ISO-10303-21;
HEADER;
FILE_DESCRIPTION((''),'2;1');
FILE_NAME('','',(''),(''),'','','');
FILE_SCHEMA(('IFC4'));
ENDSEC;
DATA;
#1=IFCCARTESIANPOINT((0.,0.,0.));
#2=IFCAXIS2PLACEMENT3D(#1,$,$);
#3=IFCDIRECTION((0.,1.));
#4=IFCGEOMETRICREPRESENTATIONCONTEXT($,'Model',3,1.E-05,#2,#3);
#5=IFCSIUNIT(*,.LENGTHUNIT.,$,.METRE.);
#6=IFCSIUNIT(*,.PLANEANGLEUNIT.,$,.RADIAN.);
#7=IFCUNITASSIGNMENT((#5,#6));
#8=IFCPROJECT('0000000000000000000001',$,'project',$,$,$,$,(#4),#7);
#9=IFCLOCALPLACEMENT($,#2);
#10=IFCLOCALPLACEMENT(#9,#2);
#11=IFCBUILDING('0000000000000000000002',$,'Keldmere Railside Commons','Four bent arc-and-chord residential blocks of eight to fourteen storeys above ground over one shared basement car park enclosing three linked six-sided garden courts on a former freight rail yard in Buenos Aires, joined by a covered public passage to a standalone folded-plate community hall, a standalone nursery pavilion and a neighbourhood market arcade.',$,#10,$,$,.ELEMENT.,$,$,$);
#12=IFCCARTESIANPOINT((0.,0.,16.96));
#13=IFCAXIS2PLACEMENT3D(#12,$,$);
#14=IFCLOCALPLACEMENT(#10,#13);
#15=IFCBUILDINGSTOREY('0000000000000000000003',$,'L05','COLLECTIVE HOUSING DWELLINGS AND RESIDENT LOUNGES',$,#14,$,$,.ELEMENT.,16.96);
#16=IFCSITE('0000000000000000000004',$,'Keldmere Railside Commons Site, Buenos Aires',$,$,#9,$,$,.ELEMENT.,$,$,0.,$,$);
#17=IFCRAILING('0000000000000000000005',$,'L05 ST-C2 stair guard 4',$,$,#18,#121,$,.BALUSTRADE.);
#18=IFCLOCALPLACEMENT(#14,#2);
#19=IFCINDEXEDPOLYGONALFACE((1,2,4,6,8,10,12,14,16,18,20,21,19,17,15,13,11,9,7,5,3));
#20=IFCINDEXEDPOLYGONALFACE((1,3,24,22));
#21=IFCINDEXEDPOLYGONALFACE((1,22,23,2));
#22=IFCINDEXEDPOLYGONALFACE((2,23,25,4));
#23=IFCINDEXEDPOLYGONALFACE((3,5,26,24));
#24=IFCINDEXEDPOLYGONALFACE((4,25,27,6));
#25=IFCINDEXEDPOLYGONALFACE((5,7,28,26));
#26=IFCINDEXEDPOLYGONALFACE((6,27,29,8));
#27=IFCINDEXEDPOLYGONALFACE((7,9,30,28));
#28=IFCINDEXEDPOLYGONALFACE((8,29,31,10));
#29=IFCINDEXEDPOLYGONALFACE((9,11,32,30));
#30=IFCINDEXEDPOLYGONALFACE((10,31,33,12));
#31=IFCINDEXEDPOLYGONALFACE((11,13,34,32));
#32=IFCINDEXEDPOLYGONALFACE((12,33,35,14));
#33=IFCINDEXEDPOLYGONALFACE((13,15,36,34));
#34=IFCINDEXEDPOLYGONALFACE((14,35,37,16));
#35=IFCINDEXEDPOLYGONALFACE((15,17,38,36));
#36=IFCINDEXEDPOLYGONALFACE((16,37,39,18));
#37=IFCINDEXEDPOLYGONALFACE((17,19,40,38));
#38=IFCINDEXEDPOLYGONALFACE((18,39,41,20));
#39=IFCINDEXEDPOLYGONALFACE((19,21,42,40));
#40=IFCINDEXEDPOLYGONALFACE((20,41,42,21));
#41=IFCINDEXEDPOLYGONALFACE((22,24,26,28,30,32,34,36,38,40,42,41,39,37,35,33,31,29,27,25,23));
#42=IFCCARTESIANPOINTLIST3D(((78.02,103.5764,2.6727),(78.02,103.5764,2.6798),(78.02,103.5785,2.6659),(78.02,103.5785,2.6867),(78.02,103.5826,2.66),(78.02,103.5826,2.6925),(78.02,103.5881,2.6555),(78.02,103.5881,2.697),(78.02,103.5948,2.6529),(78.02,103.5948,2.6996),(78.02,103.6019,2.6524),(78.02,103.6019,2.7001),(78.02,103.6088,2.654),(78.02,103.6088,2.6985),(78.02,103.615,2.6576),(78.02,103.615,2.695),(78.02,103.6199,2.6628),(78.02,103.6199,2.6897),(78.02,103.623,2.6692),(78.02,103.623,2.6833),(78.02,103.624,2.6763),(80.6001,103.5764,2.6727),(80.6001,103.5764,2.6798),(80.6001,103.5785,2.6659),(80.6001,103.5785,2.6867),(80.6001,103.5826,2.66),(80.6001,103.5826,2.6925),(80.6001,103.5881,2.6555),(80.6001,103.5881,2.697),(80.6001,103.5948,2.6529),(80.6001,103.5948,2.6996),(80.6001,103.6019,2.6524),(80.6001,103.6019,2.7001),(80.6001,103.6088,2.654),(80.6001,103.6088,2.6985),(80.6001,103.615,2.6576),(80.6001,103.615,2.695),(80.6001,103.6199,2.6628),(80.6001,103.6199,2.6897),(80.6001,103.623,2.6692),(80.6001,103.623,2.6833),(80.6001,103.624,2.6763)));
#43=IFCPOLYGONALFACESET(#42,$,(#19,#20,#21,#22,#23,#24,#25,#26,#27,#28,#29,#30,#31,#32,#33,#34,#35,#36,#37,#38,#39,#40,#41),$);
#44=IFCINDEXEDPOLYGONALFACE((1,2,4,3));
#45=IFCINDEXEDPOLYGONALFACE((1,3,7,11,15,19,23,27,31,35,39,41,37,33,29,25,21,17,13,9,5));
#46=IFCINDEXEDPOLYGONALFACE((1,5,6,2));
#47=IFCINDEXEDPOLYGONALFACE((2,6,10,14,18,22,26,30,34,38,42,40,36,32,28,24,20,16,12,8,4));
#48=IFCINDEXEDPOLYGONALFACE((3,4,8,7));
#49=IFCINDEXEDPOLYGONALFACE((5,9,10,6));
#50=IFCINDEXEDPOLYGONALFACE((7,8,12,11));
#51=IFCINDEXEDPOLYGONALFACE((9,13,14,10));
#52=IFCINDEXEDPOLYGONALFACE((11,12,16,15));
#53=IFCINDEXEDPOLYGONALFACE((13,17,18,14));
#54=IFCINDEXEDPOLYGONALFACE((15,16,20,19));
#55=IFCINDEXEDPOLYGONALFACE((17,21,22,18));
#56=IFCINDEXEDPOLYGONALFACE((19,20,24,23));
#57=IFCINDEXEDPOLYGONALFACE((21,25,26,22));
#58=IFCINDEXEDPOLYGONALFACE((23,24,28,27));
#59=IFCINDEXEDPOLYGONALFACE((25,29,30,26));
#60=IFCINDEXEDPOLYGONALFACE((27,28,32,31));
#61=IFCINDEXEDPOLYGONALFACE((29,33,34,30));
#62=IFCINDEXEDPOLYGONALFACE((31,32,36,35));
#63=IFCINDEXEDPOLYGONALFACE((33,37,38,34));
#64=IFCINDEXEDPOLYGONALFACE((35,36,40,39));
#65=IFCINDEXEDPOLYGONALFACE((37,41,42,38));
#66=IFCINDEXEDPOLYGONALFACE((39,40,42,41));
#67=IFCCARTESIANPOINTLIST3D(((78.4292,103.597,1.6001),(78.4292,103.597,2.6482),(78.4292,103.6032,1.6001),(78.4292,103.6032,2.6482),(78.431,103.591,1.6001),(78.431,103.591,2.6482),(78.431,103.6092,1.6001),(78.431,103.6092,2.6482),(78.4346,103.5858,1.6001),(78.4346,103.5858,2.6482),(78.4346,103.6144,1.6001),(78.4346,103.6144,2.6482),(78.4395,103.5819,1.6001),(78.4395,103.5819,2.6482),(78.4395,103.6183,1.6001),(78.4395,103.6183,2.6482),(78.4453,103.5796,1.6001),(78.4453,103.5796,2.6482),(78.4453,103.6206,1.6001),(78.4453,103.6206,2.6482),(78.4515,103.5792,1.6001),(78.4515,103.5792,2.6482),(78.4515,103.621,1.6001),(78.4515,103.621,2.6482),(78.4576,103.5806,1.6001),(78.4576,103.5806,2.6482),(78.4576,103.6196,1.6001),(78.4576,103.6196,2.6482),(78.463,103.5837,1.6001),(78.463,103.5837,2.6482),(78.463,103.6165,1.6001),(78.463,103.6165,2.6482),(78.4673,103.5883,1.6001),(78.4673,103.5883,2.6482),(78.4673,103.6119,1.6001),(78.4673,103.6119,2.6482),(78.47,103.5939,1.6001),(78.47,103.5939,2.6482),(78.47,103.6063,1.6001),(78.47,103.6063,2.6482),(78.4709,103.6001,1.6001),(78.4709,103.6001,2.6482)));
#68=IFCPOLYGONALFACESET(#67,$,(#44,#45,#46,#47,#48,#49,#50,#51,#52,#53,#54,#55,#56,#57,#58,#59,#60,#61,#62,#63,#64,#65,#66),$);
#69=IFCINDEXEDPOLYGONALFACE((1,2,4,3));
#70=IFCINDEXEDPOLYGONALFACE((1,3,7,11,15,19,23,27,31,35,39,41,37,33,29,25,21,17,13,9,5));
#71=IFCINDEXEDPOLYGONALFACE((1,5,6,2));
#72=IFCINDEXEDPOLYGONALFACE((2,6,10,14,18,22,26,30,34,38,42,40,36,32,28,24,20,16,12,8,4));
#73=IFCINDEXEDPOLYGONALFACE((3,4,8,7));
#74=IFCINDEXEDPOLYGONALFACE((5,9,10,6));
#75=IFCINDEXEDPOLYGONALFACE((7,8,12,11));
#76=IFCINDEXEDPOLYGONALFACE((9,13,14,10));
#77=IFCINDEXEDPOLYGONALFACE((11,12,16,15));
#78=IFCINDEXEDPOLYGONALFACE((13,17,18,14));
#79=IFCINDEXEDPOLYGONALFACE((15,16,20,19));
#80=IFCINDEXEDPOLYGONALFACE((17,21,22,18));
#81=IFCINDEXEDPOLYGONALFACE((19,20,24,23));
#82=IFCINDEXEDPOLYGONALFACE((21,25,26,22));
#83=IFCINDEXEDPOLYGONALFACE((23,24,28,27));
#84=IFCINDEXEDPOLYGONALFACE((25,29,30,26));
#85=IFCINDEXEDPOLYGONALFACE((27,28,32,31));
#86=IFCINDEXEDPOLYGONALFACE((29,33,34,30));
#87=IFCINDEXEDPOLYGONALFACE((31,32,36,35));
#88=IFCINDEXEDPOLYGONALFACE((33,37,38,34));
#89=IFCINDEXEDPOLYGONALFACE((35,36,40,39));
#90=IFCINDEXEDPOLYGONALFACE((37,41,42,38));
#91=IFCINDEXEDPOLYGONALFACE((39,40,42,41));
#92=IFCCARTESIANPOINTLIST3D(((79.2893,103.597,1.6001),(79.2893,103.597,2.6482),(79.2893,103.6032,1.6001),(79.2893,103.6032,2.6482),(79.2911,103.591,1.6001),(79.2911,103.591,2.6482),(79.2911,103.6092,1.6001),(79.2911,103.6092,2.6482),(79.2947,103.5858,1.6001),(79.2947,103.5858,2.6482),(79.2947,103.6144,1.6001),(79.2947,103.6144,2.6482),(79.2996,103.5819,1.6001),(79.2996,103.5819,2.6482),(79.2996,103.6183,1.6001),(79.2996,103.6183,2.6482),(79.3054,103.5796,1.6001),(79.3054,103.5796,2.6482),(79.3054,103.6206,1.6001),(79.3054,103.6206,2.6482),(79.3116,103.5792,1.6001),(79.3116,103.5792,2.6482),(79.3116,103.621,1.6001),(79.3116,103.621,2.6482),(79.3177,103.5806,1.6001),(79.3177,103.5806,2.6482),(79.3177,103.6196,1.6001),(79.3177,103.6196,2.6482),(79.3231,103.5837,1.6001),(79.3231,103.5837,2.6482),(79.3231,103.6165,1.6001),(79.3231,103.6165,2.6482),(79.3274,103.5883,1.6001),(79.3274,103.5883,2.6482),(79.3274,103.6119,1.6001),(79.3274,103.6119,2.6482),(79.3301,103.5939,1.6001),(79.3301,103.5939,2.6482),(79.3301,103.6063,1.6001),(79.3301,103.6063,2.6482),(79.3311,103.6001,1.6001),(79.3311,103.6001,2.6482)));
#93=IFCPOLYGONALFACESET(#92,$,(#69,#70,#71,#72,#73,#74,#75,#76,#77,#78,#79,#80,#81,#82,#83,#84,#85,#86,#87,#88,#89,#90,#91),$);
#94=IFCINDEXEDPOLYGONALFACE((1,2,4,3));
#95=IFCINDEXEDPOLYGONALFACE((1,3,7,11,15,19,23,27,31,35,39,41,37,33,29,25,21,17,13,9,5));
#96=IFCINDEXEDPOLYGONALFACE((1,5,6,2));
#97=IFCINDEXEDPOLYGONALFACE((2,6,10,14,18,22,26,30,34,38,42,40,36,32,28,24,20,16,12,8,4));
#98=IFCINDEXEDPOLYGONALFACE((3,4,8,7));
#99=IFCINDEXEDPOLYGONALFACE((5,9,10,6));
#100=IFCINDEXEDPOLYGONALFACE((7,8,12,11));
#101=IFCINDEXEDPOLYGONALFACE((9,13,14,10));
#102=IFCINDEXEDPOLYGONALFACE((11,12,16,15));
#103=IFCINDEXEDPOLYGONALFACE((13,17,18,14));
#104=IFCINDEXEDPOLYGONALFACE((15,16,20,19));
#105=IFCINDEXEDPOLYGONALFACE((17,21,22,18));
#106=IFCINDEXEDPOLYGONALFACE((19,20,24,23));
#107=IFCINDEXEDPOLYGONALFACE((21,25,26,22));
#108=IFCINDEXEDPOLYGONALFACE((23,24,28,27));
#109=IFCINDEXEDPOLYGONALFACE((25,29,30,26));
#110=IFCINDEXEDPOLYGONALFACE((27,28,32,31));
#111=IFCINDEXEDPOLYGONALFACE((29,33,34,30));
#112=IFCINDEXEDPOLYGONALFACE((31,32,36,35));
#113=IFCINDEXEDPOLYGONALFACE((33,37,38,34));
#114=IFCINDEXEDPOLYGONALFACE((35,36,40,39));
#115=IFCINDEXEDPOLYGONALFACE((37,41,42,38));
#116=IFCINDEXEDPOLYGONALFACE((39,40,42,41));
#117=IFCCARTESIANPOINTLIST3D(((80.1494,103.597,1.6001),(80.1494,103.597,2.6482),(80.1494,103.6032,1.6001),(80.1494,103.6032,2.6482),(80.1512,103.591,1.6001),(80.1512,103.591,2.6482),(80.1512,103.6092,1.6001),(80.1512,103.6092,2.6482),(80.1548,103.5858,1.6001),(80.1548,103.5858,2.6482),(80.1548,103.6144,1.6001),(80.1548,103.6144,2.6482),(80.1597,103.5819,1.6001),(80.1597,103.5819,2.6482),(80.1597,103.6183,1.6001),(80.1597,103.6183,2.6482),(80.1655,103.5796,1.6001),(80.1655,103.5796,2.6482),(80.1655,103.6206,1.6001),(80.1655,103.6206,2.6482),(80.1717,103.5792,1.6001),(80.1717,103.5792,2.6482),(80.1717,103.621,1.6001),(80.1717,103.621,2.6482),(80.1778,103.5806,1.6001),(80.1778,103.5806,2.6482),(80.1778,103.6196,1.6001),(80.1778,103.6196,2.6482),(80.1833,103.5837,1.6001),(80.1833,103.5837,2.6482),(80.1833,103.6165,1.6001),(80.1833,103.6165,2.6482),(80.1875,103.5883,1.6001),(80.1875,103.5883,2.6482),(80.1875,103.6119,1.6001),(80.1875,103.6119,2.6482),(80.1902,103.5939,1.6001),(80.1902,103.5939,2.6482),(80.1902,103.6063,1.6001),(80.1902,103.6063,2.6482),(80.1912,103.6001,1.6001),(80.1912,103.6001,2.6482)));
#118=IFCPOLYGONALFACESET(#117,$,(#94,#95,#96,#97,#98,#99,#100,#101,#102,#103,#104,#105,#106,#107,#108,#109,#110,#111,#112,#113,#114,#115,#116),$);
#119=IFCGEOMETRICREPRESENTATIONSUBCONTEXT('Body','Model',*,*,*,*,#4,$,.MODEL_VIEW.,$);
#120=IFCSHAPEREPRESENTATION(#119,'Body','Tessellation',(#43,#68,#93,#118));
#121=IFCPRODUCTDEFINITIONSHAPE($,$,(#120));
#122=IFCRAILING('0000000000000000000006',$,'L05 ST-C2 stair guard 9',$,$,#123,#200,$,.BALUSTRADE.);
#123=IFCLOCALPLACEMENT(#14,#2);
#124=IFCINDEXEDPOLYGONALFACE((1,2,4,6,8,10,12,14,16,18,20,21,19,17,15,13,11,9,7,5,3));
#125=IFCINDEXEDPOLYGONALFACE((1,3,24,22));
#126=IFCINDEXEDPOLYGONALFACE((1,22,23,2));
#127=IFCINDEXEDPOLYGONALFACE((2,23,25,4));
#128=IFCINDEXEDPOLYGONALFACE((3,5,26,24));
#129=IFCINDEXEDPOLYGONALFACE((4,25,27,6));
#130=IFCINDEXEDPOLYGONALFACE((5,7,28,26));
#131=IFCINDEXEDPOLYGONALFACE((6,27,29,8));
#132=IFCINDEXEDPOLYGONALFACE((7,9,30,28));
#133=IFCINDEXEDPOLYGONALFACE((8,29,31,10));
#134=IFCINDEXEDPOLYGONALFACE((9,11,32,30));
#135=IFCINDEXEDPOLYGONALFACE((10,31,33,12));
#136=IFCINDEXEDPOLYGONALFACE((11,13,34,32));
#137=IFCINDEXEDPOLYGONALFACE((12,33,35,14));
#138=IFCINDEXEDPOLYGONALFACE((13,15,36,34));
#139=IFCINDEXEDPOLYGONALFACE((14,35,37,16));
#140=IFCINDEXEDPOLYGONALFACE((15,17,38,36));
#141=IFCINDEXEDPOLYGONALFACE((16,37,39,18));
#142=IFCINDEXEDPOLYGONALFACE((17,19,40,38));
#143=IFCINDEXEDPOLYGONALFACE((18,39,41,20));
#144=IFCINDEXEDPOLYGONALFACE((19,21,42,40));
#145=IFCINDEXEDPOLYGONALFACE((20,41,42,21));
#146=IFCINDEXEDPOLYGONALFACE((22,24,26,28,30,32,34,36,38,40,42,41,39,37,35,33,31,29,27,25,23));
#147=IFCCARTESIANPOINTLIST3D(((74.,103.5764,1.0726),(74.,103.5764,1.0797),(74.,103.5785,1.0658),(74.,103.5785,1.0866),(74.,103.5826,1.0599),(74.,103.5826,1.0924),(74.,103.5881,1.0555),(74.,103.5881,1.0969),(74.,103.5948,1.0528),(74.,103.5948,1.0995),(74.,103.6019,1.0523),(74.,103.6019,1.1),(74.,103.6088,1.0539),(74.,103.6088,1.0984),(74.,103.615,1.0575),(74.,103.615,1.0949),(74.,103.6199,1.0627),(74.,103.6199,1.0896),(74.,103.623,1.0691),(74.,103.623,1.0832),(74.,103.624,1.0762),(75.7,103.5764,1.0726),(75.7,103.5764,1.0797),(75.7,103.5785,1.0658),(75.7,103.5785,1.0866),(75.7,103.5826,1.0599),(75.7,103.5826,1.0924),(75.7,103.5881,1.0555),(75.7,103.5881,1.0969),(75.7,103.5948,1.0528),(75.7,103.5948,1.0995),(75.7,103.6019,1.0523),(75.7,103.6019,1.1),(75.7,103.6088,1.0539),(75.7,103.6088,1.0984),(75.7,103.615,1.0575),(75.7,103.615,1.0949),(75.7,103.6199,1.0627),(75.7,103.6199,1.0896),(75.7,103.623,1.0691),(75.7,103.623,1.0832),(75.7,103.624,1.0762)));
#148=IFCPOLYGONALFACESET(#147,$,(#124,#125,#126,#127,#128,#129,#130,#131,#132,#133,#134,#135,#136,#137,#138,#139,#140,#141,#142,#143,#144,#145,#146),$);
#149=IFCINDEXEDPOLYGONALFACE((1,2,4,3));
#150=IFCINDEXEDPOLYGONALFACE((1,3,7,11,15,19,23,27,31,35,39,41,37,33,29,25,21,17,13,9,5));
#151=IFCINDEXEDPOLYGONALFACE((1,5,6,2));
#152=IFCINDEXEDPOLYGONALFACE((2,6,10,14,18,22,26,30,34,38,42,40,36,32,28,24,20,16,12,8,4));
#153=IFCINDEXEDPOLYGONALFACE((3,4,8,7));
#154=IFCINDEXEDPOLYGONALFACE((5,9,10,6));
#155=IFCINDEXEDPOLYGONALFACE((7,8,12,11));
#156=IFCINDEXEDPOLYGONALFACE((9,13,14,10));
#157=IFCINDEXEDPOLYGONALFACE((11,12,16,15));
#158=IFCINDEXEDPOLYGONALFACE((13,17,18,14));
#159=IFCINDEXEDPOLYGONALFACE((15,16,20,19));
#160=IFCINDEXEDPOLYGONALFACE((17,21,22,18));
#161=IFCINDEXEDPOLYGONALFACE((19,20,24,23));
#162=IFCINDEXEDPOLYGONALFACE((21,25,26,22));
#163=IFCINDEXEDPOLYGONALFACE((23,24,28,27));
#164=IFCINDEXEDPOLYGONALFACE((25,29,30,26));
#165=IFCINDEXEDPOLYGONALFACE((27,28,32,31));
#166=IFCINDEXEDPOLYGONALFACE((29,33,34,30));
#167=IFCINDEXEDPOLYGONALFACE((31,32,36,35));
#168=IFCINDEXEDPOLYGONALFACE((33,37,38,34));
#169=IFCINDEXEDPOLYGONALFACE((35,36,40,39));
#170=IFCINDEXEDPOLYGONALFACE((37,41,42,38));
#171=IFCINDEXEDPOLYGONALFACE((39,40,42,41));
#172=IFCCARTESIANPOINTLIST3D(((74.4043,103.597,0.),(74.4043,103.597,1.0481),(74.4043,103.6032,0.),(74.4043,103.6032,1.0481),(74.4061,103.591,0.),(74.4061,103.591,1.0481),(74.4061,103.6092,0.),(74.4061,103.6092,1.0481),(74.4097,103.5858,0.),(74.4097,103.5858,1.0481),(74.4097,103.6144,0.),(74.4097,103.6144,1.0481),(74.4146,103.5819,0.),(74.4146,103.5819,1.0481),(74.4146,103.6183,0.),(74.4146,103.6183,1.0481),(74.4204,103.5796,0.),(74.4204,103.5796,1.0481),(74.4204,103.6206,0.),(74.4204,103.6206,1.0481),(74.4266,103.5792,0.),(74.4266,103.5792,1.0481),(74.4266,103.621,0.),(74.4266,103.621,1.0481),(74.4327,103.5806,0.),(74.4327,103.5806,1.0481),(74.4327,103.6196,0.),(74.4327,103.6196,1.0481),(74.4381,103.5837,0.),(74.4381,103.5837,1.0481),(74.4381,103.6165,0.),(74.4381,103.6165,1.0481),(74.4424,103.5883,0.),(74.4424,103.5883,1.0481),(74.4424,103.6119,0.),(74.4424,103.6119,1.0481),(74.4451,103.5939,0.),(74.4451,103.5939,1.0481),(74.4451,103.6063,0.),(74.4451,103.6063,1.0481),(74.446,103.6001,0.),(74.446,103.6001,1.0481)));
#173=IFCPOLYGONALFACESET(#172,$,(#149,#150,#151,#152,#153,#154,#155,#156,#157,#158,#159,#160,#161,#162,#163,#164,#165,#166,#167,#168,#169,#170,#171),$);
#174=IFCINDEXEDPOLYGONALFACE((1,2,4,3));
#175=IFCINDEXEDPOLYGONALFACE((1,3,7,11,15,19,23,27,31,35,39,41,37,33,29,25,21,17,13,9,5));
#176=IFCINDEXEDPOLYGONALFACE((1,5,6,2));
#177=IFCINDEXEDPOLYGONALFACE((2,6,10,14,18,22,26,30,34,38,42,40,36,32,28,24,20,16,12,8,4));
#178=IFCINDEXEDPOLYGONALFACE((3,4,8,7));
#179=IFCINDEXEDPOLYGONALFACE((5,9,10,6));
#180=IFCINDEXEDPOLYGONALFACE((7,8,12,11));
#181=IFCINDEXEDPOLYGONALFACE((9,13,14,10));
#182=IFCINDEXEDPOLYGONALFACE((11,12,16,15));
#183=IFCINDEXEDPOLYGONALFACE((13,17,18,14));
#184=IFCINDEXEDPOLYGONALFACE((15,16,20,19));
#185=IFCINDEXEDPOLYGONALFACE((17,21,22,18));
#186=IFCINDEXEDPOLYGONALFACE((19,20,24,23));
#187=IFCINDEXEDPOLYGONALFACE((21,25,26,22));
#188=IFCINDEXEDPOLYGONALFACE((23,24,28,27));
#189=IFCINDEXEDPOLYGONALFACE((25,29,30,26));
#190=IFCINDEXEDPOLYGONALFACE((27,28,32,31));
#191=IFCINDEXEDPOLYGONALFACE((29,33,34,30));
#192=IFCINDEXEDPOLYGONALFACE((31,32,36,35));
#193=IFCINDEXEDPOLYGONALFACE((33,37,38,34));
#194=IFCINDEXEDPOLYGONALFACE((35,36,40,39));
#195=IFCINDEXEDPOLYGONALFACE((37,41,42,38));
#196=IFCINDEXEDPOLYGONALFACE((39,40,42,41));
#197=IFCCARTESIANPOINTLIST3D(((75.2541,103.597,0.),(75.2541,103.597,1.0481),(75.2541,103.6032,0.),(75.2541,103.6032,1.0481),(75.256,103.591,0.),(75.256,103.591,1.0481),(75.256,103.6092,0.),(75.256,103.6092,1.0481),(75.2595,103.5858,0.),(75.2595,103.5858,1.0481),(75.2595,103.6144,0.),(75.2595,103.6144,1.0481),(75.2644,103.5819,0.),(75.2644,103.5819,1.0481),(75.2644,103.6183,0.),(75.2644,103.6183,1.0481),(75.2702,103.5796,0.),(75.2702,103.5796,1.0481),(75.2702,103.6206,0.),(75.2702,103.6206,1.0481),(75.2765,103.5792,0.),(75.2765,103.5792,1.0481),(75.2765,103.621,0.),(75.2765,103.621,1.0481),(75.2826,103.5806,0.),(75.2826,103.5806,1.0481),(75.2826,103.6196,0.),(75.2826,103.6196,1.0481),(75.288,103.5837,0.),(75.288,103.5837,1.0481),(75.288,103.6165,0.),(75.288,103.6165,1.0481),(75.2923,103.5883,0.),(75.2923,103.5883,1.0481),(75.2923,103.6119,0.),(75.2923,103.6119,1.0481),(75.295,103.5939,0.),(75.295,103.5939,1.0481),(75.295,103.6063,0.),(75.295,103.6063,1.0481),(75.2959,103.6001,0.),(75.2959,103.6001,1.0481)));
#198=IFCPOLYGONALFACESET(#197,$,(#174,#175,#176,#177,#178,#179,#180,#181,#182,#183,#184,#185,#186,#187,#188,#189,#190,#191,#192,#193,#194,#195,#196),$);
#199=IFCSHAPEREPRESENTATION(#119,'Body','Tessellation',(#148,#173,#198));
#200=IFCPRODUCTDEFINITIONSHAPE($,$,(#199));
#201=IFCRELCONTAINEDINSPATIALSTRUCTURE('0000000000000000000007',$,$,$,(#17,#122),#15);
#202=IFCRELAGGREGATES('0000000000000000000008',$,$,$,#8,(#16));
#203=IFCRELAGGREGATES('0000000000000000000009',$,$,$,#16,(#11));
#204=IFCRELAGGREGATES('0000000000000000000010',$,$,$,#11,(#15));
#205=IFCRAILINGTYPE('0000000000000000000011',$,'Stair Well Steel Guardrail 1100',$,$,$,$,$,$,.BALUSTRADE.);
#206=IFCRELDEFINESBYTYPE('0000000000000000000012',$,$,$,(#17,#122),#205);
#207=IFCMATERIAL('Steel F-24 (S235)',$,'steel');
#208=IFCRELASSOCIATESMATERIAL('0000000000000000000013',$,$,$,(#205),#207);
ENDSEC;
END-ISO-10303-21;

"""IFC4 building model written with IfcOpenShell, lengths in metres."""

from ifc_helpers import new_model, si_unit, direction, frame, origin, origin_2d, place, context, subcontext, project, spatial, circle, extrude, material, type_object, element, save


model = new_model("IFC4")

# Units and contexts
model_context = context("Model", 3, precision=1e-05, world=origin(), true_north=direction((0.0, 1.0)))
body_context = subcontext(model_context, "Body", "Model", "MODEL_VIEW")
ifc_project = project(units=[si_unit("LENGTHUNIT", "METRE"), si_unit("PLANEANGLEUNIT", "RADIAN")], contexts=[model_context])

# Site, building, storey
site_placement = place(None, origin())
site = spatial("IfcSite", under=ifc_project, at=site_placement, Name="Keldmere Railside Commons Site, Buenos Aires", CompositionType="ELEMENT", RefElevation=0.0)
building_placement = place(site_placement, origin())
building = spatial("IfcBuilding", under=site, at=building_placement, Name="Keldmere Railside Commons", Description="Four bent arc-and-chord residential blocks of eight to fourteen storeys above ground over one shared basement car park enclosing three linked six-sided garden courts on a former freight rail yard in Buenos Aires, joined by a covered public passage to a standalone folded-plate community hall, a standalone nursery pavilion and a neighbourhood market arcade.", CompositionType="ELEMENT")
storey_placement = place(building_placement, frame((0.0, 0.0, 16.96)))
storey = spatial("IfcBuildingStorey", under=building, at=storey_placement, Name="L05", Description="COLLECTIVE HOUSING DWELLINGS AND RESIDENT LOUNGES", CompositionType="ELEMENT", Elevation=16.96)

# Shared definitions
ifc_material_1 = material(Name="Steel F-24 (S235)", Category="steel")

# Railings
railing_type_1 = type_object("IfcRailingType", Name="Stair Well Steel Guardrail 1100", PredefinedType="BALUSTRADE", material=ifc_material_1)
railing_1_placement = place(storey_placement, frame((78.02, 103.6001, 1.6001)))
element("IfcRailing", 1, at=railing_1_placement, inside=storey, type_object=railing_type_1, Name="L05 ST-C2 stair guard 4", PredefinedType="BALUSTRADE", context=body_context, shape_type="SweptSolid", body=[
    extrude(circle(Radius=0.0239, at=origin_2d()), frame((0.0, 0.0, 1.0762), z_axis=(1.0, 0.0, 0.0), x_axis=(0.0, 1.0, 0.0)), (0.0, 0.0, 1.0), 2.5801),
    extrude(circle(Radius=0.021, at=origin_2d()), frame((0.4299, 0.0, 0.0)), (0.0, 0.0, 1.0), 1.0481),
    extrude(circle(Radius=0.021, at=origin_2d()), frame((1.29, 0.0, 0.0)), (0.0, 0.0, 1.0), 1.0481),
    extrude(circle(Radius=0.021, at=origin_2d()), frame((2.1501, 0.0, 0.0)), (0.0, 0.0, 1.0), 1.0481),
])
railing_2_placement = place(storey_placement, frame((74.0, 103.6001, 0.0)))
element("IfcRailing", 2, at=railing_2_placement, inside=storey, type_object=railing_type_1, Name="L05 ST-C2 stair guard 9", PredefinedType="BALUSTRADE", context=body_context, shape_type="SweptSolid", body=[
    extrude(circle(Radius=0.0239, at=origin_2d()), frame((0.0, 0.0, 1.0762), z_axis=(1.0, 0.0, 0.0), x_axis=(0.0, 1.0, 0.0)), (0.0, 0.0, 1.0), 1.7),
    extrude(circle(Radius=0.021, at=origin_2d()), frame((0.425, 0.0, 0.0)), (0.0, 0.0, 1.0), 1.0481),
    extrude(circle(Radius=0.021, at=origin_2d()), frame((1.2749, 0.0, 0.0)), (0.0, 0.0, 1.0), 1.0481),
])

save(model, "model.ifc")
